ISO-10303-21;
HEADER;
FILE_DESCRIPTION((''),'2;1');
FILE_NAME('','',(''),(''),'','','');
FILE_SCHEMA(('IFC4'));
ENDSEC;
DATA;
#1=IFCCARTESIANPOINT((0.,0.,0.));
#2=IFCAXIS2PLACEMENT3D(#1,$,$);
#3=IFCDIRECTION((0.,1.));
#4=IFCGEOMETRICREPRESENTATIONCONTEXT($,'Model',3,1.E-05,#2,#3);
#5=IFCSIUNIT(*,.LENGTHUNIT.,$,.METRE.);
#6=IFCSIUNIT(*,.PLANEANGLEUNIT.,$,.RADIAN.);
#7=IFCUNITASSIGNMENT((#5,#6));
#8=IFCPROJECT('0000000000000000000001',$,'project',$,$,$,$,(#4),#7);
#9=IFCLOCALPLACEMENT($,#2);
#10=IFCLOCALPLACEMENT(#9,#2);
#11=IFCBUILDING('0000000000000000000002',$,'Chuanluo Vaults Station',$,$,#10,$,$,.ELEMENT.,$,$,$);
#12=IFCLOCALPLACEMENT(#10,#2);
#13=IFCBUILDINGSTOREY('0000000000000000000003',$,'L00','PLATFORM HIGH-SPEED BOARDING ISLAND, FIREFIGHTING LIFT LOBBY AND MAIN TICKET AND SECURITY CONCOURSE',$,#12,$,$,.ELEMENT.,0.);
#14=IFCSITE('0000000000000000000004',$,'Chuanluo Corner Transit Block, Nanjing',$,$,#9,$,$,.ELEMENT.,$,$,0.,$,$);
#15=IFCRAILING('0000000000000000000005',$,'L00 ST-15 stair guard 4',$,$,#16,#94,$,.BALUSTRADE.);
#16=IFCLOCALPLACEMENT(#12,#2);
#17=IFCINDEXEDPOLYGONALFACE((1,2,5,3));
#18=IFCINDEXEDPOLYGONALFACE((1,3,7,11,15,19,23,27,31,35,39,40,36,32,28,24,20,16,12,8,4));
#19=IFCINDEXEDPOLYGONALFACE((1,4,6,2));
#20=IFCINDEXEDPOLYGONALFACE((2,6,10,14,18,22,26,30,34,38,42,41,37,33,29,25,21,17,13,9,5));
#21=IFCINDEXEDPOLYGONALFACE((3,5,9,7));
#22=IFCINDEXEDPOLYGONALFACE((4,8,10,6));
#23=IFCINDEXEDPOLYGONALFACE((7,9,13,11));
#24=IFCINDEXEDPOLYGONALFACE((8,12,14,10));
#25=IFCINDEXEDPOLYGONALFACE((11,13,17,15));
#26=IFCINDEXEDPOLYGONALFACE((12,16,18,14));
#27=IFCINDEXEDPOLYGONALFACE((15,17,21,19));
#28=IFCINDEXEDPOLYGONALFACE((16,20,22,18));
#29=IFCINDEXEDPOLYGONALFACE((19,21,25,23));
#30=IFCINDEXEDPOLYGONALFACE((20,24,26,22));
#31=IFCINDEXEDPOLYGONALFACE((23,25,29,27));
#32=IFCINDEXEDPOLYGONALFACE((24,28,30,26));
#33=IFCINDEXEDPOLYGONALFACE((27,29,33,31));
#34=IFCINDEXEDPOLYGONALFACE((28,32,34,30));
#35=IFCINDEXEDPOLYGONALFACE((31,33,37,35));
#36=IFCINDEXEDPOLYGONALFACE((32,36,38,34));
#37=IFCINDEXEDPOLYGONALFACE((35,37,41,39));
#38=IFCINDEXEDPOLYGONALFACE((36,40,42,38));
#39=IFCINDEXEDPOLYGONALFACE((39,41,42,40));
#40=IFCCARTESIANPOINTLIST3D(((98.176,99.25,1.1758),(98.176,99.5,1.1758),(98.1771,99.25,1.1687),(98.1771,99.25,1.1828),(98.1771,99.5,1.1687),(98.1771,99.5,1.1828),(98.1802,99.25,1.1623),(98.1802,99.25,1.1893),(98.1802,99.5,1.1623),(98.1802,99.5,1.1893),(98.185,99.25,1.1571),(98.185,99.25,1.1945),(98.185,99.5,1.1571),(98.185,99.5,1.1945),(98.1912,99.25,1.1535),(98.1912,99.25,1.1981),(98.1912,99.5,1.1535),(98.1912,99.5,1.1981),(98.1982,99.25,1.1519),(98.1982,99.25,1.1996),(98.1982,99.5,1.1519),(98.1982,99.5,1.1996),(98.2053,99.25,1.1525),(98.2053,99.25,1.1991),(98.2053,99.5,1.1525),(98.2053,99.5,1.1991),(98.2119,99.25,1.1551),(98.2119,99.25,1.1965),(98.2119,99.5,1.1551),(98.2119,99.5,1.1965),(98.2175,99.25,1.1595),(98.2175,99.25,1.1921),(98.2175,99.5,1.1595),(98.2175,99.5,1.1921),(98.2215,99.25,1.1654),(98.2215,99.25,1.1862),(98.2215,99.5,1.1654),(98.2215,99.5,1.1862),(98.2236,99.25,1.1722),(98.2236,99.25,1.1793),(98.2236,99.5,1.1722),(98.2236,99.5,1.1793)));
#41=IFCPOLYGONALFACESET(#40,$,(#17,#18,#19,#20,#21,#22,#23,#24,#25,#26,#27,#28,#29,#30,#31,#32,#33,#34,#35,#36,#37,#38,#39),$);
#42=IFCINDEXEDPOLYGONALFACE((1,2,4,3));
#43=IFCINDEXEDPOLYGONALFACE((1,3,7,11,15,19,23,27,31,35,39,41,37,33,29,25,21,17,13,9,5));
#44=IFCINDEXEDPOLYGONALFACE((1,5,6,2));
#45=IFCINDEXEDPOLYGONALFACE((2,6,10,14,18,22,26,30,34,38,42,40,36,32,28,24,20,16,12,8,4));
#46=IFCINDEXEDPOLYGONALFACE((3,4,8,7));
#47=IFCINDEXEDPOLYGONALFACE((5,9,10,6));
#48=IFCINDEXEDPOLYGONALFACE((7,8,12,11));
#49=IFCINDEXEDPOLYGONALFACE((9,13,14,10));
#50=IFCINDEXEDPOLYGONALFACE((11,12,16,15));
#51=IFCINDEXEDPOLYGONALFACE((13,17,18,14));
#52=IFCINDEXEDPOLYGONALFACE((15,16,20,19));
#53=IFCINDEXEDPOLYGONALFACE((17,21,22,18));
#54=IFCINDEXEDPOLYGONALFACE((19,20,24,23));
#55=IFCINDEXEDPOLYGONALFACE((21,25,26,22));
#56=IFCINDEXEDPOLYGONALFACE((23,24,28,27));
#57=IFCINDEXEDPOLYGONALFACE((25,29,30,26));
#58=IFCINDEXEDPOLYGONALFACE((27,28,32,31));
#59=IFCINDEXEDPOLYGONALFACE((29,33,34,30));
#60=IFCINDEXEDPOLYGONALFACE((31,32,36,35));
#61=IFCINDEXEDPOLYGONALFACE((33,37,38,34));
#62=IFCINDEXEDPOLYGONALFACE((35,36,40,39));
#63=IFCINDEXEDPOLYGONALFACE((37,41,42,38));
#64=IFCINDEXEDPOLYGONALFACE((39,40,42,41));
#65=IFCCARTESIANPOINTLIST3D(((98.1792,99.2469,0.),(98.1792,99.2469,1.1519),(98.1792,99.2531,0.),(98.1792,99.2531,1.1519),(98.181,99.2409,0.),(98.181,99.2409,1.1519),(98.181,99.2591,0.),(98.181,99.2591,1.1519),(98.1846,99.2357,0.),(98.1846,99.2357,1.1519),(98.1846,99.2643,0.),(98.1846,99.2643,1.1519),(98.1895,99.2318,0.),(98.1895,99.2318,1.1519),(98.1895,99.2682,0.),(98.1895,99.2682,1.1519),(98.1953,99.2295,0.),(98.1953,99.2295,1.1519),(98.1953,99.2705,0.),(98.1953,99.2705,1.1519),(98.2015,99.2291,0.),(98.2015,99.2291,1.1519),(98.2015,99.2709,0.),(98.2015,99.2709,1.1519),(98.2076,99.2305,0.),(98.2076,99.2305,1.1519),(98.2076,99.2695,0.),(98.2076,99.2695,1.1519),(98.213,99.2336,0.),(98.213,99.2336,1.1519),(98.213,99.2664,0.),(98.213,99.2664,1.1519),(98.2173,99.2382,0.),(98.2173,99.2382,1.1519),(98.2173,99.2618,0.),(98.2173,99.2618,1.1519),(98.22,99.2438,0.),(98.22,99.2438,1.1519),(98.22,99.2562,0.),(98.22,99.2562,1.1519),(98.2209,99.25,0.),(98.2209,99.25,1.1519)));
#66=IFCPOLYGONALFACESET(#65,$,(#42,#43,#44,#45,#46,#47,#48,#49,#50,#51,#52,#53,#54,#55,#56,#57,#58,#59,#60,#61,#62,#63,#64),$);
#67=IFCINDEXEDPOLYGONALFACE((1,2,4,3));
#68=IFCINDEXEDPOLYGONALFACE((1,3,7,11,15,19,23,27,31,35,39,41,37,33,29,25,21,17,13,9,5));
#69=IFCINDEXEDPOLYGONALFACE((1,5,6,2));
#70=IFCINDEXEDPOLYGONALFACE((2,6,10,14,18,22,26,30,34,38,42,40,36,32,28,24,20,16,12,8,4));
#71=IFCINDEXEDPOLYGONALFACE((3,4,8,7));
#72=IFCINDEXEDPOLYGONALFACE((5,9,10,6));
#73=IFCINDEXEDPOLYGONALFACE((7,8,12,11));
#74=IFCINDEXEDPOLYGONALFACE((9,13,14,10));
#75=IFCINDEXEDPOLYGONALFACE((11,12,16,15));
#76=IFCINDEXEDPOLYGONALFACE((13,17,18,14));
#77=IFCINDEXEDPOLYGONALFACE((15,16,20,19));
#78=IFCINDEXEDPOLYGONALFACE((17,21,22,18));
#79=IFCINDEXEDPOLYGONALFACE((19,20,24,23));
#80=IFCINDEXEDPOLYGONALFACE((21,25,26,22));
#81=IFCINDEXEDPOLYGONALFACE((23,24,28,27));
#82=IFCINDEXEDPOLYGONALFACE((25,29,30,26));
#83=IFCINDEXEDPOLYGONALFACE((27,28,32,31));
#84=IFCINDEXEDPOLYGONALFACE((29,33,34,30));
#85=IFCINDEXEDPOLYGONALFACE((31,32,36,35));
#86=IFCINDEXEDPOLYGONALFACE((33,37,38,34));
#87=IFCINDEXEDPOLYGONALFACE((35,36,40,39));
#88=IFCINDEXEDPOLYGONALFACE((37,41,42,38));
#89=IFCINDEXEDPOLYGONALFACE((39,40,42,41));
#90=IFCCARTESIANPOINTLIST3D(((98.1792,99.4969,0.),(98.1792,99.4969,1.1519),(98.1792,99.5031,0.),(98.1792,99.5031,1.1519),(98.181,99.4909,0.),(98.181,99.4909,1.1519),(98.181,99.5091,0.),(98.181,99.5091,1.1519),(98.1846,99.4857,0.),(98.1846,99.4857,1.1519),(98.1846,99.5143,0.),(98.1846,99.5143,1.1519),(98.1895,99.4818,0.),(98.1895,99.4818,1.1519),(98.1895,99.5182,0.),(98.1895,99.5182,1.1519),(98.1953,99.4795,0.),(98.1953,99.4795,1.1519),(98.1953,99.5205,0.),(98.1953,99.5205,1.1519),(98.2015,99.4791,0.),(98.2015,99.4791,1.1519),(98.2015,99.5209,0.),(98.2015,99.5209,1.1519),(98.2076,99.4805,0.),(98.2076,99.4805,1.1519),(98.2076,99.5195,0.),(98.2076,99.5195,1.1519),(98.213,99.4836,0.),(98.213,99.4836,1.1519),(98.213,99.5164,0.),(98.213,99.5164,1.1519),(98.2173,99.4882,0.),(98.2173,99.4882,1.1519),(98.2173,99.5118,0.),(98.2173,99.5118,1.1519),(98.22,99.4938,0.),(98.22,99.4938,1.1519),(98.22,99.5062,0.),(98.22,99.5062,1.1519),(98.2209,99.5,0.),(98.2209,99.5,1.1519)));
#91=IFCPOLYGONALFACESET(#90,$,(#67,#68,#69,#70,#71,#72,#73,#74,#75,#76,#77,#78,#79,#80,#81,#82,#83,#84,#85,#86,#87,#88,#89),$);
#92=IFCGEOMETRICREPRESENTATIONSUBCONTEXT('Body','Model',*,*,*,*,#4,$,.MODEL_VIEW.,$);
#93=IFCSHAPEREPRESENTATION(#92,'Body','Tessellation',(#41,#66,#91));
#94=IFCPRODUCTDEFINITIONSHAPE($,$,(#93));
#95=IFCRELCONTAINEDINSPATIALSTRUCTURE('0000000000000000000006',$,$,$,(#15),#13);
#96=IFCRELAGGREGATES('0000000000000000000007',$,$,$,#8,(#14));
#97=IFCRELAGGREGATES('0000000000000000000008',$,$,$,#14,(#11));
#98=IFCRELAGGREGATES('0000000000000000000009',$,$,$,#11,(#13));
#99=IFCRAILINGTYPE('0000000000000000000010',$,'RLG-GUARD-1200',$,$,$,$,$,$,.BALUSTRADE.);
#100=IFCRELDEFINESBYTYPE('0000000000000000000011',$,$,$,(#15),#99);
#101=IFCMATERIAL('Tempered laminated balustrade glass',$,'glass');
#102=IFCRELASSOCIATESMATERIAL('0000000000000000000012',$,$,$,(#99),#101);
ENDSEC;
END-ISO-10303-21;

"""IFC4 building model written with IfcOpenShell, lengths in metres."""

from ifc_helpers import new_model, si_unit, direction, frame, origin, origin_2d, place, context, subcontext, project, spatial, circle, extrude, material, type_object, element, save


model = new_model("IFC4")

# Units and contexts
model_context = context("Model", 3, precision=1e-05, world=origin(), true_north=direction((0.0, 1.0)))
body_context = subcontext(model_context, "Body", "Model", "MODEL_VIEW")
ifc_project = project(units=[si_unit("LENGTHUNIT", "METRE"), si_unit("PLANEANGLEUNIT", "RADIAN")], contexts=[model_context])

# Site, building, storey
site_placement = place(None, origin())
site = spatial("IfcSite", under=ifc_project, at=site_placement, Name="Chuanluo Corner Transit Block, Nanjing", CompositionType="ELEMENT", RefElevation=0.0)
building_placement = place(site_placement, origin())
building = spatial("IfcBuilding", under=site, at=building_placement, Name="Chuanluo Vaults Station", CompositionType="ELEMENT")
storey_placement = place(building_placement, origin())
storey = spatial("IfcBuildingStorey", under=building, at=storey_placement, Name="L00", Description="PLATFORM HIGH-SPEED BOARDING ISLAND, FIREFIGHTING LIFT LOBBY AND MAIN TICKET AND SECURITY CONCOURSE", CompositionType="ELEMENT", Elevation=0.0)

# Railing
ifc_material_1 = material(Name="Tempered laminated balustrade glass", Category="glass")
railing_type_1 = type_object("IfcRailingType", Name="RLG-GUARD-1200", PredefinedType="BALUSTRADE", material=ifc_material_1)
railing_1_placement = place(storey_placement, frame((98.2, 99.25, 0.0)))
element("IfcRailing", 1, at=railing_1_placement, inside=storey, type_object=railing_type_1, Name="L00 ST-15 stair guard 4", PredefinedType="BALUSTRADE", context=body_context, shape_type="SweptSolid", body=[
    extrude(circle(Radius=0.0239, at=origin_2d()), frame((0.0, 0.0, 1.1758), z_axis=(0.0, 1.0, 0.0), x_axis=(-1.0, 0.0, 0.0)), (0.0, 0.0, 1.0), 0.25),
    extrude(circle(Radius=0.021, at=origin_2d()), origin(), (0.0, 0.0, 1.0), 1.1519),
    extrude(circle(Radius=0.021, at=origin_2d()), frame((0.0, 0.25, 0.0)), (0.0, 0.0, 1.0), 1.1519),
])

save(model, "model.ifc")
